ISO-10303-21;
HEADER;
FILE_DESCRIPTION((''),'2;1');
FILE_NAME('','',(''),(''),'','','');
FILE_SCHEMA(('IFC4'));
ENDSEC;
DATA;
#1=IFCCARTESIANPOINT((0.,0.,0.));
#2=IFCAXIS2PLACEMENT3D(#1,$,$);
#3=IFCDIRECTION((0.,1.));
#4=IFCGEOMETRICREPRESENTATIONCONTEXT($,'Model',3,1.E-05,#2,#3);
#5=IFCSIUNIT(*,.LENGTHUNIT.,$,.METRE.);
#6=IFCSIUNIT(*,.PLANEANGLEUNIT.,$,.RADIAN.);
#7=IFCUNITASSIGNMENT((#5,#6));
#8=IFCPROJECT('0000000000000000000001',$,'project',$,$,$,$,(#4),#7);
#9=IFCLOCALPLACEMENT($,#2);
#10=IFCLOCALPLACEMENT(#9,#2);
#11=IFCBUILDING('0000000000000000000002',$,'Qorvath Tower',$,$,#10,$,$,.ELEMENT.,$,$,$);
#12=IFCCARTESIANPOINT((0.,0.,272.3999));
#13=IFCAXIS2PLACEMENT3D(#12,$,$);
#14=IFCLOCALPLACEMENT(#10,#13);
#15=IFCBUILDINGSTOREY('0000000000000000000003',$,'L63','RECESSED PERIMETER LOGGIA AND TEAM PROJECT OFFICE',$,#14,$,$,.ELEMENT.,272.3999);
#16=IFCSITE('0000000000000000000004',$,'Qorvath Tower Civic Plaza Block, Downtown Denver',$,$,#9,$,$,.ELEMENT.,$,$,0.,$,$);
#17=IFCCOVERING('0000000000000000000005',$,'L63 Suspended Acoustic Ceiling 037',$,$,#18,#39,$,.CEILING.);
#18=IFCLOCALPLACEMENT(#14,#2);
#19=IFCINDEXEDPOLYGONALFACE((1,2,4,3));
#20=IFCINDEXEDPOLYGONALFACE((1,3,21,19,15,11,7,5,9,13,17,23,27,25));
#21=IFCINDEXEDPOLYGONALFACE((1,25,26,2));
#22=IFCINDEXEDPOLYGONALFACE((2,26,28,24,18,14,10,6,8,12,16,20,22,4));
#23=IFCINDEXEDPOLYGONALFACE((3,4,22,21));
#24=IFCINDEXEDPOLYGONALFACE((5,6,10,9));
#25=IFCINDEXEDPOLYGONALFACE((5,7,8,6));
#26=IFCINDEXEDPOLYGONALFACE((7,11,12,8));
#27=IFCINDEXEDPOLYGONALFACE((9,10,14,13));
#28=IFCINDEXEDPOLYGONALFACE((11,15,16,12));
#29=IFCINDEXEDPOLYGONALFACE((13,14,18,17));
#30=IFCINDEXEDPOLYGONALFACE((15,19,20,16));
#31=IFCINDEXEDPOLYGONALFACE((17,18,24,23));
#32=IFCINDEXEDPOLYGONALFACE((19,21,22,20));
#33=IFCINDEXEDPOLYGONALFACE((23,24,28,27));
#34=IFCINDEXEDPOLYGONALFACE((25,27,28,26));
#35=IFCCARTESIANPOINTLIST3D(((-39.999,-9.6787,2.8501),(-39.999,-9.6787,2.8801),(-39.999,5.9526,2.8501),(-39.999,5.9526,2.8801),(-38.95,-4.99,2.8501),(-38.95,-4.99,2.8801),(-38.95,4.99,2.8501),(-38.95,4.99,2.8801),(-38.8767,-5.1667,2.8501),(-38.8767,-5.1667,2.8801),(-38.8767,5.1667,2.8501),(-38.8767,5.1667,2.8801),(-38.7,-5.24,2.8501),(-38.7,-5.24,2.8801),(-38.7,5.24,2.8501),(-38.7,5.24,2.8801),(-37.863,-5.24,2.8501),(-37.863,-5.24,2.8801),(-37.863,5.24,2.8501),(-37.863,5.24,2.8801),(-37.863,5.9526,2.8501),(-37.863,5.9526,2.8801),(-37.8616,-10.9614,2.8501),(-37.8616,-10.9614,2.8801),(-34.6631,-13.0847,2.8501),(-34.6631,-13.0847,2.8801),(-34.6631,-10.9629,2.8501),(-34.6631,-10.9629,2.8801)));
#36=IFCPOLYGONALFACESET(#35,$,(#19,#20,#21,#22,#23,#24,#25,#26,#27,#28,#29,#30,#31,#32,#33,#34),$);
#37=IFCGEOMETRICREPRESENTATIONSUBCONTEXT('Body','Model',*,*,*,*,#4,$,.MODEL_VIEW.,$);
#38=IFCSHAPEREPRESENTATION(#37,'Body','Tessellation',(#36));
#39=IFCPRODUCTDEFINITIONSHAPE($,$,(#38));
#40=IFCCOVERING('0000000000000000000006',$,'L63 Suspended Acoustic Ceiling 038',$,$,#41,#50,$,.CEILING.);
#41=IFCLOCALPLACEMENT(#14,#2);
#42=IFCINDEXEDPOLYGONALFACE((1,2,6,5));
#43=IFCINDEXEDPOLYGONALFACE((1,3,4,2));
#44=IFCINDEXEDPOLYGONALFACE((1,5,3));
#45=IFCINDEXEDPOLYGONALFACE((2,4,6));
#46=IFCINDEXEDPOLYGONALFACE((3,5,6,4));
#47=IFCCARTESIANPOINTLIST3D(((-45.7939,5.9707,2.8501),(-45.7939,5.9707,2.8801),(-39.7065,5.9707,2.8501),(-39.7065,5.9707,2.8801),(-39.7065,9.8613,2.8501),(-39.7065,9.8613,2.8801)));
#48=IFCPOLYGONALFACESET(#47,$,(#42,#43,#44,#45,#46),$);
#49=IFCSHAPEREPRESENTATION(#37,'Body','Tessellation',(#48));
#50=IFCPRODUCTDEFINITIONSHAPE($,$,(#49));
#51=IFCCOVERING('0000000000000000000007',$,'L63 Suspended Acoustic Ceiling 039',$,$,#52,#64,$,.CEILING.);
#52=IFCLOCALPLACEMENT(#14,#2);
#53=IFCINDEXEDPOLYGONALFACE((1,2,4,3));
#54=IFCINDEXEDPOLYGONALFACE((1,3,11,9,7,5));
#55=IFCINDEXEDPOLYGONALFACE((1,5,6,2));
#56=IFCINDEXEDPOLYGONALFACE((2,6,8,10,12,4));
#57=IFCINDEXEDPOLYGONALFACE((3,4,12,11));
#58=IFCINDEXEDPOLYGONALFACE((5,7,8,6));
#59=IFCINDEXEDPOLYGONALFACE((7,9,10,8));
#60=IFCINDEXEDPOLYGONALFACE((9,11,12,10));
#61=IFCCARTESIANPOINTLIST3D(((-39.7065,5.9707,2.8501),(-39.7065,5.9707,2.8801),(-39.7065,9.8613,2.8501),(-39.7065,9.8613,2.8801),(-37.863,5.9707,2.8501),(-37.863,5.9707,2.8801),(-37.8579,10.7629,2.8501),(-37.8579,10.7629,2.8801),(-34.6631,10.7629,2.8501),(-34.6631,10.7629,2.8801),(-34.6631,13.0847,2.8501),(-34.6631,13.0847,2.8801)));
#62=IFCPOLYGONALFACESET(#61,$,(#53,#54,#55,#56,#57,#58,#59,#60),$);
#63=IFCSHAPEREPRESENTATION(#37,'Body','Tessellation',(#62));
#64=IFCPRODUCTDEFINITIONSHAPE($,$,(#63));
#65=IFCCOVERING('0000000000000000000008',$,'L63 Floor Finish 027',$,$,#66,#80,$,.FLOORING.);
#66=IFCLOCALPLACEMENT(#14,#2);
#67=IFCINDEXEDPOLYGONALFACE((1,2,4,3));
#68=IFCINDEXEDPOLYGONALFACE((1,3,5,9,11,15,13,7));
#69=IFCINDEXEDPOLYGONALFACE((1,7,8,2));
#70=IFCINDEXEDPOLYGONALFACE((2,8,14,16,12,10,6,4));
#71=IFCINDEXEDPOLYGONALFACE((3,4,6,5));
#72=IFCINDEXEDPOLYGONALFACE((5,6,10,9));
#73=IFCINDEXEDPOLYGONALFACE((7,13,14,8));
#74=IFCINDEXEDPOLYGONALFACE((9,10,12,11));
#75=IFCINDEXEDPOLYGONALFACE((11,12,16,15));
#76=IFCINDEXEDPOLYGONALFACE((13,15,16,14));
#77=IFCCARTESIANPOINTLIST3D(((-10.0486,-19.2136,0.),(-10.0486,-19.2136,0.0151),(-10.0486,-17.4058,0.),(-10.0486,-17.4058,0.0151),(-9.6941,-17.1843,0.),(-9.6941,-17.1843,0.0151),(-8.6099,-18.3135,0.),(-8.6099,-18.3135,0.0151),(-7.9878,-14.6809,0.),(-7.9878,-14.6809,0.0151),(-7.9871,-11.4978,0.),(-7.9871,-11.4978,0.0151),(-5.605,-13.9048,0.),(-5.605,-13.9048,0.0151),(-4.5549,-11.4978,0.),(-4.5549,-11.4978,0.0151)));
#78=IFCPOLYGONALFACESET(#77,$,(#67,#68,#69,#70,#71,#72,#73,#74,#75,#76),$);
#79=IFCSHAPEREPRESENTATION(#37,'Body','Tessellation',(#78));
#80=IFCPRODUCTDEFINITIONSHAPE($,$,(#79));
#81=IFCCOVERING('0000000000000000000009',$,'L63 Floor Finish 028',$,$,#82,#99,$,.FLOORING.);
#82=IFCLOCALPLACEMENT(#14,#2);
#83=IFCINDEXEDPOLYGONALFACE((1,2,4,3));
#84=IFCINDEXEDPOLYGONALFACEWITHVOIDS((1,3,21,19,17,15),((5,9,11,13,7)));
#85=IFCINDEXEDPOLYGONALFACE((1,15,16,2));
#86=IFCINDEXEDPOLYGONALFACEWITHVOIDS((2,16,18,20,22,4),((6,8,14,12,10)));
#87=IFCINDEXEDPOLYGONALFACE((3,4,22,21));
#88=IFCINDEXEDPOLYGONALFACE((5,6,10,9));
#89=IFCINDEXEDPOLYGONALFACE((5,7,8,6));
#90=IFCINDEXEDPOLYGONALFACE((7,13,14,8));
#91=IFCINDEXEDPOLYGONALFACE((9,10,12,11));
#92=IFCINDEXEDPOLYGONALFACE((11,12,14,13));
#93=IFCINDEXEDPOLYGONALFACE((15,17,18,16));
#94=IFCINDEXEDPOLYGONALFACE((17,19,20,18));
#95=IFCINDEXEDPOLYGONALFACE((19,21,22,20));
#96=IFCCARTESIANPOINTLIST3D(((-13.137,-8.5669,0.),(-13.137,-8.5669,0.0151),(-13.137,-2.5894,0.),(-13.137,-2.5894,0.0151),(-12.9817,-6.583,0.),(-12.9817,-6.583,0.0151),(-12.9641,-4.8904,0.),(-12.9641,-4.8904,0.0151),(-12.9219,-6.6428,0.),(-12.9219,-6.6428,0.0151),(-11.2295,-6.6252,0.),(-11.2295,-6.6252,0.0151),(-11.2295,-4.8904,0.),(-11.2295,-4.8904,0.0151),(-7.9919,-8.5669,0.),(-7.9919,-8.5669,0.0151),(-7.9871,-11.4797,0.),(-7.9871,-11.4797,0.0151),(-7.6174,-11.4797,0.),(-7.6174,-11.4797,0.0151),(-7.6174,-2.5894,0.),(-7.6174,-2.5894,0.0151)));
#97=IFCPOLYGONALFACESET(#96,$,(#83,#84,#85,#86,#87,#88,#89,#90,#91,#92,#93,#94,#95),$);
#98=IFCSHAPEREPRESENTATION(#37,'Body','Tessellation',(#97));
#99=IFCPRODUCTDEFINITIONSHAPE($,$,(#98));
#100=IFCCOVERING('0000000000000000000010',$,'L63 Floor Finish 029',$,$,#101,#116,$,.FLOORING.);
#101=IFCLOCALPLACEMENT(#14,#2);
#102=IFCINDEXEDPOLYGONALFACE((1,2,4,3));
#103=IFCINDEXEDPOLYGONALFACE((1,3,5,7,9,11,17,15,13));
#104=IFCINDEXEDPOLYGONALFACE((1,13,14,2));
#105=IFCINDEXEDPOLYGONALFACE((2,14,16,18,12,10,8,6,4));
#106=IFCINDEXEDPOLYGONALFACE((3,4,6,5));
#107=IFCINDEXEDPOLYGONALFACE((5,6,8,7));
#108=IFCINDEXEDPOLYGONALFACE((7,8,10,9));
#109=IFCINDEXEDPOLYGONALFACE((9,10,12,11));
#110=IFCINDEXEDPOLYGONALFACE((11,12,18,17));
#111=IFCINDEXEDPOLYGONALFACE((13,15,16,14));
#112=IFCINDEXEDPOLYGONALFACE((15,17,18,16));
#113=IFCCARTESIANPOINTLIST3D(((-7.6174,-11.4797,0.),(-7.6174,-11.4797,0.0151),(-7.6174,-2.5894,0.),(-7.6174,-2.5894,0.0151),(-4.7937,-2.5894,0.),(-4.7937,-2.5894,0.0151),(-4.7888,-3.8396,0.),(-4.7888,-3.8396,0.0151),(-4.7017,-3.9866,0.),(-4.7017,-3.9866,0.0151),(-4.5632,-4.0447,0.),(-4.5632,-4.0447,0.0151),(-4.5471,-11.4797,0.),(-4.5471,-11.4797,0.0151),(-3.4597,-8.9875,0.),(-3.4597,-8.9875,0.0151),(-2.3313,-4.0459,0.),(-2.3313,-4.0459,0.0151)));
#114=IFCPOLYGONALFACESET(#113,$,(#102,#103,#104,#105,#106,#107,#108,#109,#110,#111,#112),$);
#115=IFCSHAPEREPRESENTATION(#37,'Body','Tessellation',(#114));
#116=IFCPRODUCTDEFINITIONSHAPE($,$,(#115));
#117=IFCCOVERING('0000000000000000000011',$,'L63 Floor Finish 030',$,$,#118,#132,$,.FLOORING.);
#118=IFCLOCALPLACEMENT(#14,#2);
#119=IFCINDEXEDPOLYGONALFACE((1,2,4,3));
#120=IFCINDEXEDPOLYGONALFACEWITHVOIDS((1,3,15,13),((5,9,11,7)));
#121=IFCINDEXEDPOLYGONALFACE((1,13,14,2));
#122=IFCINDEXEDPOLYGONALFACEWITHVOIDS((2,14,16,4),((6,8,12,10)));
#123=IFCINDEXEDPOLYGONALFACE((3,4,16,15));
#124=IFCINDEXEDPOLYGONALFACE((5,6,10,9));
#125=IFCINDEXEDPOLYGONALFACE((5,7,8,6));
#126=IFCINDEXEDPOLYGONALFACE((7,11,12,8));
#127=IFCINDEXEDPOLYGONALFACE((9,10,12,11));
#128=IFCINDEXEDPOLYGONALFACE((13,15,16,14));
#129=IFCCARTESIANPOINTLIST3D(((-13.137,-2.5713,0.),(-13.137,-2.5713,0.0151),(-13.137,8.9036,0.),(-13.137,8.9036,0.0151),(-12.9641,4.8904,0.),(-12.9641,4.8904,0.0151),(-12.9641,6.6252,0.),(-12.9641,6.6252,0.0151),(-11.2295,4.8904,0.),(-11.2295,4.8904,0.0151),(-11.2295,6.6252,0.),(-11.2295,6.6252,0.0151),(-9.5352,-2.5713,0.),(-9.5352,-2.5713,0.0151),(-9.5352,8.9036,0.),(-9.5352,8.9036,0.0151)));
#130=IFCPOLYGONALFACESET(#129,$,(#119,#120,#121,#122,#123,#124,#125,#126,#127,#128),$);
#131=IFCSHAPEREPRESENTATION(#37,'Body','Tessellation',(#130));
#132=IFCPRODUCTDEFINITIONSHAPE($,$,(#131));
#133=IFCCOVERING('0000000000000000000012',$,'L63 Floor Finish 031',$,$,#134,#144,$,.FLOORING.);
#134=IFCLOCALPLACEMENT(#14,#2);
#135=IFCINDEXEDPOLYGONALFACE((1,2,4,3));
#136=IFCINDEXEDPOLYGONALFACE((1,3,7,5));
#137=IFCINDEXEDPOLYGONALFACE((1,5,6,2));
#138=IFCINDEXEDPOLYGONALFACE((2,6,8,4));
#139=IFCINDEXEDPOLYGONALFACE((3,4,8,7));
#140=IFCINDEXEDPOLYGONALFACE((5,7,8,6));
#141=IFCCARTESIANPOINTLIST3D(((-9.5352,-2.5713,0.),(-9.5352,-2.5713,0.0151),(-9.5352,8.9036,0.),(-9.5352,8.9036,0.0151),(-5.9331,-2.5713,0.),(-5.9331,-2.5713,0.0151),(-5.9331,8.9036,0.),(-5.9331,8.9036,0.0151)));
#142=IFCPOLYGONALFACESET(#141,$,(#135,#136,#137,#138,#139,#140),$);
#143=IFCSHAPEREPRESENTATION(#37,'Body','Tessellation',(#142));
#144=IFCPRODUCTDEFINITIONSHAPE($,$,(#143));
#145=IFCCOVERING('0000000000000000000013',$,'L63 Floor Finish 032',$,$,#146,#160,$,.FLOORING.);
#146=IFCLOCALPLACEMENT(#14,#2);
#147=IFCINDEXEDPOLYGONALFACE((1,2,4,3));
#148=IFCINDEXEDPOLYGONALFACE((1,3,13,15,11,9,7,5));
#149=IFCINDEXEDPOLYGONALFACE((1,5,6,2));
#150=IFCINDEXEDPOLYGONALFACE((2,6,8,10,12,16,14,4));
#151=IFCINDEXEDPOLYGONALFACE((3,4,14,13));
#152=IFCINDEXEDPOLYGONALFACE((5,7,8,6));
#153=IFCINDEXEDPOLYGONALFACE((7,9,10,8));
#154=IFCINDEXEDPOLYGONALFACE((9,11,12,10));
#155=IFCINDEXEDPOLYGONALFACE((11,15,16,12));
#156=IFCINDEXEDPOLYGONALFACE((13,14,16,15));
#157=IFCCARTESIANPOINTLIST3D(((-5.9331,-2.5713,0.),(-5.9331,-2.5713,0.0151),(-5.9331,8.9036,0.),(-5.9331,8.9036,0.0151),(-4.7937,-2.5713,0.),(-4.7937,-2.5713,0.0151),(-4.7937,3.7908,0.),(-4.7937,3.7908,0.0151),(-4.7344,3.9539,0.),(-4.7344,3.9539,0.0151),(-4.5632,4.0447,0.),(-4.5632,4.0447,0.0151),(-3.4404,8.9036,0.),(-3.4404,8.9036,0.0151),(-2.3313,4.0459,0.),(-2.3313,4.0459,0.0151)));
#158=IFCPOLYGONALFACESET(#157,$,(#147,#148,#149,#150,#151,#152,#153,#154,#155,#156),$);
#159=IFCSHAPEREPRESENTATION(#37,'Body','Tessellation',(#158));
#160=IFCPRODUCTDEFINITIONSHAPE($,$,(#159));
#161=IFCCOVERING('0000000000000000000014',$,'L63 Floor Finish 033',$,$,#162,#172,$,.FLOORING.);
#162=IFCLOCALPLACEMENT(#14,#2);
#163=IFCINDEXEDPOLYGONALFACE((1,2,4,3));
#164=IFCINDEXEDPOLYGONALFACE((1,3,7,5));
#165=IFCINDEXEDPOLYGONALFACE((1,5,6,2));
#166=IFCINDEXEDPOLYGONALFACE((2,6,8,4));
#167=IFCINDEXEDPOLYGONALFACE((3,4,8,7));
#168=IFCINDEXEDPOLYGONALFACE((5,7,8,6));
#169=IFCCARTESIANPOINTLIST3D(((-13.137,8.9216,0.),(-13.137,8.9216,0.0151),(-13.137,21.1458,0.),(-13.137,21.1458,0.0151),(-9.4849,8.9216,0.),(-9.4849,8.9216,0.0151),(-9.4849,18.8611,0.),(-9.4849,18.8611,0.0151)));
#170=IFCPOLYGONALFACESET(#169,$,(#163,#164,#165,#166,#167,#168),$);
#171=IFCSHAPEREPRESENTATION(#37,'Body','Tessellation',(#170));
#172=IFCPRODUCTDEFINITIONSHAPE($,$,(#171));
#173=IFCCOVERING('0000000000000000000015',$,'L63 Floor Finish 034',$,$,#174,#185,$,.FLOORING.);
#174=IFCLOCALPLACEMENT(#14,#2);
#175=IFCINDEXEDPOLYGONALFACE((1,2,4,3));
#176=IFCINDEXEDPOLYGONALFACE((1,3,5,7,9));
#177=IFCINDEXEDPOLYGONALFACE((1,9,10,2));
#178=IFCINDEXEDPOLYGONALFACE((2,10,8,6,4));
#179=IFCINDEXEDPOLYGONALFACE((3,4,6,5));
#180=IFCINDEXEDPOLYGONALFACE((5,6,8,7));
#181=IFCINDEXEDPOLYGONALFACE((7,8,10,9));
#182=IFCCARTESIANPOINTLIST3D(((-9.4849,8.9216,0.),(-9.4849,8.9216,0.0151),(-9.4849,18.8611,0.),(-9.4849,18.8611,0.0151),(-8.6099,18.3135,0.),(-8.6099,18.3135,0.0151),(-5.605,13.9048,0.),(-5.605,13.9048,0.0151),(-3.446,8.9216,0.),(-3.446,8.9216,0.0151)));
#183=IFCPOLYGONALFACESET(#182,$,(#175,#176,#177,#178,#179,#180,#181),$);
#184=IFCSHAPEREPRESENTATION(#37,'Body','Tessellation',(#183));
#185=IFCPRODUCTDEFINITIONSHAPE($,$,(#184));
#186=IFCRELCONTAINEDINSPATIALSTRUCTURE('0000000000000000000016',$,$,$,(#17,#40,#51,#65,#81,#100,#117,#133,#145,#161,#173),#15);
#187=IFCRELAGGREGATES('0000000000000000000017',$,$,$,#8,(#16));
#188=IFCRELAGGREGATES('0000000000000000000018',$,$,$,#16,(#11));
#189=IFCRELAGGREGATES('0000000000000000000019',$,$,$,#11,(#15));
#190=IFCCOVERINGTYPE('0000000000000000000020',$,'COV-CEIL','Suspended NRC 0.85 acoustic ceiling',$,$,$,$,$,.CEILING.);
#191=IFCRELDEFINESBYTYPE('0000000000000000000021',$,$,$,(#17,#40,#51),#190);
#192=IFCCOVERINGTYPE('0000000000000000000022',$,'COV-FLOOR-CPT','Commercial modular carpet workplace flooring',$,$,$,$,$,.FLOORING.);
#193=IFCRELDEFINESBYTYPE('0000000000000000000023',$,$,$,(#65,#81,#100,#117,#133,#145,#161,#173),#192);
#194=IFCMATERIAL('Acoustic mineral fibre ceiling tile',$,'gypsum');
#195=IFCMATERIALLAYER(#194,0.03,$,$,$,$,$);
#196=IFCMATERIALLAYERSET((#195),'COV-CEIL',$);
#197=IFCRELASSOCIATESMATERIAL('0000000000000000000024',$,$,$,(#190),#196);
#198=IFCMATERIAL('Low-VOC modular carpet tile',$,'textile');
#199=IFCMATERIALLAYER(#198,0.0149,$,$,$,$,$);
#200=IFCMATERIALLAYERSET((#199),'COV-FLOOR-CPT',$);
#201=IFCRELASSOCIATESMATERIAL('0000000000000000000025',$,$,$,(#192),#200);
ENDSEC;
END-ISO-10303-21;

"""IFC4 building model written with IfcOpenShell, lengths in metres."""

from ifc_helpers import new_model, si_unit, direction, frame, origin, place, context, subcontext, project, spatial, polyline, outline, extrude, material, layer, layer_set, type_object, element, save


model = new_model("IFC4")

# Units and contexts
model_context = context("Model", 3, precision=1e-05, world=origin(), true_north=direction((0.0, 1.0)))
body_context = subcontext(model_context, "Body", "Model", "MODEL_VIEW")
ifc_project = project(units=[si_unit("LENGTHUNIT", "METRE"), si_unit("PLANEANGLEUNIT", "RADIAN")], contexts=[model_context])

# Site, building, storey
site_placement = place(None, origin())
site = spatial("IfcSite", under=ifc_project, at=site_placement, Name="Qorvath Tower Civic Plaza Block, Downtown Denver", CompositionType="ELEMENT", RefElevation=0.0)
building_placement = place(site_placement, origin())
building = spatial("IfcBuilding", under=site, at=building_placement, Name="Qorvath Tower", CompositionType="ELEMENT")
storey_placement = place(building_placement, frame((0.0, 0.0, 272.3999)))
storey = spatial("IfcBuildingStorey", under=building, at=storey_placement, Name="L63", Description="RECESSED PERIMETER LOGGIA AND TEAM PROJECT OFFICE", CompositionType="ELEMENT", Elevation=272.3999)

# Coverings
ifc_material_1 = material(Name="Acoustic mineral fibre ceiling tile", Category="gypsum")
ifc_layer_1 = layer(ifc_material_1, 0.03)
ifc_layer_set_1 = layer_set([ifc_layer_1], Name="COV-CEIL")
covering_type_1 = type_object("IfcCoveringType", Name="COV-CEIL", Description="Suspended NRC 0.85 acoustic ceiling", PredefinedType="CEILING", material=ifc_layer_set_1)
covering_1_placement = place(storey_placement, frame((0.0, 0.0, 2.8501)))
element("IfcCovering", 1, at=covering_1_placement, inside=storey, type_object=covering_type_1, Name="L63 Suspended Acoustic Ceiling 037", PredefinedType="CEILING", context=body_context, shape_type="SweptSolid", body=[
    extrude(outline(polyline([(-39.999, 5.9526), (-39.999, -9.6787), (-34.6631, -13.0847), (-34.6631, -10.9629), (-37.8616, -10.9614), (-37.863, -5.24), (-38.7, -5.24), (-38.8767, -5.1667), (-38.95, -4.99), (-38.95, 4.99), (-38.8767, 5.1667), (-38.7, 5.24), (-37.863, 5.24), (-37.863, 5.9526), (-39.999, 5.9526)])), origin(), (0.0, 0.0, 1.0), 0.03),
])
covering_2_placement = place(storey_placement, frame((0.0, 0.0, 2.8501)))
element("IfcCovering", 2, at=covering_2_placement, inside=storey, type_object=covering_type_1, Name="L63 Suspended Acoustic Ceiling 038", PredefinedType="CEILING", context=body_context, shape_type="SweptSolid", body=[
    extrude(outline(polyline([(-39.7065, 5.9707), (-39.7065, 9.8613), (-45.7939, 5.9707), (-39.7065, 5.9707)])), origin(), (0.0, 0.0, 1.0), 0.03),
])
covering_3_placement = place(storey_placement, frame((0.0, 0.0, 2.8501)))
element("IfcCovering", 3, at=covering_3_placement, inside=storey, type_object=covering_type_1, Name="L63 Suspended Acoustic Ceiling 039", PredefinedType="CEILING", context=body_context, shape_type="SweptSolid", body=[
    extrude(outline(polyline([(-37.8579, 10.7629), (-34.6631, 10.7629), (-34.6631, 13.0847), (-39.7065, 9.8613), (-39.7065, 5.9707), (-37.863, 5.9707), (-37.8579, 10.7629)])), origin(), (0.0, 0.0, 1.0), 0.03),
])
ifc_material_2 = material(Name="Low-VOC modular carpet tile", Category="textile")
ifc_layer_2 = layer(ifc_material_2, 0.0149)
ifc_layer_set_2 = layer_set([ifc_layer_2], Name="COV-FLOOR-CPT")
covering_type_2 = type_object("IfcCoveringType", Name="COV-FLOOR-CPT", Description="Commercial modular carpet workplace flooring", PredefinedType="FLOORING", material=ifc_layer_set_2)
covering_4_placement = place(storey_placement, origin())
element("IfcCovering", 4, at=covering_4_placement, inside=storey, type_object=covering_type_2, Name="L63 Floor Finish 027", PredefinedType="FLOORING", context=body_context, shape_type="SweptSolid", body=[
    extrude(outline(polyline([(-10.0486, -17.4058), (-10.0486, -19.2136), (-8.6099, -18.3135), (-5.605, -13.9048), (-4.5549, -11.4978), (-7.9871, -11.4978), (-7.9878, -14.6809), (-9.6941, -17.1843), (-10.0486, -17.4058)])), origin(), (0.0, 0.0, 1.0), 0.0151),
])
covering_5_placement = place(storey_placement, origin())
element("IfcCovering", 5, at=covering_5_placement, inside=storey, type_object=covering_type_2, Name="L63 Floor Finish 028", PredefinedType="FLOORING", context=body_context, shape_type="SweptSolid", body=[
    extrude(outline(polyline([(-7.6174, -11.4797), (-7.6174, -2.5894), (-13.137, -2.5894), (-13.137, -8.5669), (-7.9919, -8.5669), (-7.9871, -11.4797), (-7.6174, -11.4797)]), holes=[polyline([(-12.9817, -6.583), (-12.9641, -4.8904), (-11.2295, -4.8904), (-11.2295, -6.6252), (-12.9219, -6.6428), (-12.9817, -6.583)])]), origin(), (0.0, 0.0, 1.0), 0.0151),
])
covering_6_placement = place(storey_placement, origin())
element("IfcCovering", 6, at=covering_6_placement, inside=storey, type_object=covering_type_2, Name="L63 Floor Finish 029", PredefinedType="FLOORING", context=body_context, shape_type="SweptSolid", body=[
    extrude(outline(polyline([(-4.7017, -3.9866), (-4.7888, -3.8396), (-4.7937, -2.5894), (-7.6174, -2.5894), (-7.6174, -11.4797), (-4.5471, -11.4797), (-3.4597, -8.9875), (-2.3313, -4.0459), (-4.5632, -4.0447), (-4.7017, -3.9866)])), origin(), (0.0, 0.0, 1.0), 0.0151),
])
covering_7_placement = place(storey_placement, origin())
element("IfcCovering", 7, at=covering_7_placement, inside=storey, type_object=covering_type_2, Name="L63 Floor Finish 030", PredefinedType="FLOORING", context=body_context, shape_type="SweptSolid", body=[
    extrude(outline(polyline([(-9.5352, -2.5713), (-9.5352, 8.9036), (-13.137, 8.9036), (-13.137, -2.5713), (-9.5352, -2.5713)]), holes=[polyline([(-12.9641, 4.8904), (-12.9641, 6.6252), (-11.2295, 6.6252), (-11.2295, 4.8904), (-12.9641, 4.8904)])]), origin(), (0.0, 0.0, 1.0), 0.0151),
])
covering_8_placement = place(storey_placement, origin())
element("IfcCovering", 8, at=covering_8_placement, inside=storey, type_object=covering_type_2, Name="L63 Floor Finish 031", PredefinedType="FLOORING", context=body_context, shape_type="SweptSolid", body=[
    extrude(outline(polyline([(-5.9331, -2.5713), (-5.9331, 8.9036), (-9.5352, 8.9036), (-9.5352, -2.5713), (-5.9331, -2.5713)])), origin(), (0.0, 0.0, 1.0), 0.0151),
])
covering_9_placement = place(storey_placement, origin())
element("IfcCovering", 9, at=covering_9_placement, inside=storey, type_object=covering_type_2, Name="L63 Floor Finish 032", PredefinedType="FLOORING", context=body_context, shape_type="SweptSolid", body=[
    extrude(outline(polyline([(-4.7344, 3.9539), (-4.5632, 4.0447), (-2.3313, 4.0459), (-3.4404, 8.9036), (-5.9331, 8.9036), (-5.9331, -2.5713), (-4.7937, -2.5713), (-4.7937, 3.7908), (-4.7344, 3.9539)])), origin(), (0.0, 0.0, 1.0), 0.0151),
])
covering_10_placement = place(storey_placement, origin())
element("IfcCovering", 10, at=covering_10_placement, inside=storey, type_object=covering_type_2, Name="L63 Floor Finish 033", PredefinedType="FLOORING", context=body_context, shape_type="SweptSolid", body=[
    extrude(outline(polyline([(-13.137, 8.9216), (-9.4849, 8.9216), (-9.4849, 18.8611), (-13.137, 21.1458), (-13.137, 8.9216)])), origin(), (0.0, 0.0, 1.0), 0.0151),
])
covering_11_placement = place(storey_placement, origin())
element("IfcCovering", 11, at=covering_11_placement, inside=storey, type_object=covering_type_2, Name="L63 Floor Finish 034", PredefinedType="FLOORING", context=body_context, shape_type="SweptSolid", body=[
    extrude(outline(polyline([(-9.4849, 18.8611), (-9.4849, 8.9216), (-3.446, 8.9216), (-5.605, 13.9048), (-8.6099, 18.3135), (-9.4849, 18.8611)])), origin(), (0.0, 0.0, 1.0), 0.0151),
])

save(model, "model.ifc")
